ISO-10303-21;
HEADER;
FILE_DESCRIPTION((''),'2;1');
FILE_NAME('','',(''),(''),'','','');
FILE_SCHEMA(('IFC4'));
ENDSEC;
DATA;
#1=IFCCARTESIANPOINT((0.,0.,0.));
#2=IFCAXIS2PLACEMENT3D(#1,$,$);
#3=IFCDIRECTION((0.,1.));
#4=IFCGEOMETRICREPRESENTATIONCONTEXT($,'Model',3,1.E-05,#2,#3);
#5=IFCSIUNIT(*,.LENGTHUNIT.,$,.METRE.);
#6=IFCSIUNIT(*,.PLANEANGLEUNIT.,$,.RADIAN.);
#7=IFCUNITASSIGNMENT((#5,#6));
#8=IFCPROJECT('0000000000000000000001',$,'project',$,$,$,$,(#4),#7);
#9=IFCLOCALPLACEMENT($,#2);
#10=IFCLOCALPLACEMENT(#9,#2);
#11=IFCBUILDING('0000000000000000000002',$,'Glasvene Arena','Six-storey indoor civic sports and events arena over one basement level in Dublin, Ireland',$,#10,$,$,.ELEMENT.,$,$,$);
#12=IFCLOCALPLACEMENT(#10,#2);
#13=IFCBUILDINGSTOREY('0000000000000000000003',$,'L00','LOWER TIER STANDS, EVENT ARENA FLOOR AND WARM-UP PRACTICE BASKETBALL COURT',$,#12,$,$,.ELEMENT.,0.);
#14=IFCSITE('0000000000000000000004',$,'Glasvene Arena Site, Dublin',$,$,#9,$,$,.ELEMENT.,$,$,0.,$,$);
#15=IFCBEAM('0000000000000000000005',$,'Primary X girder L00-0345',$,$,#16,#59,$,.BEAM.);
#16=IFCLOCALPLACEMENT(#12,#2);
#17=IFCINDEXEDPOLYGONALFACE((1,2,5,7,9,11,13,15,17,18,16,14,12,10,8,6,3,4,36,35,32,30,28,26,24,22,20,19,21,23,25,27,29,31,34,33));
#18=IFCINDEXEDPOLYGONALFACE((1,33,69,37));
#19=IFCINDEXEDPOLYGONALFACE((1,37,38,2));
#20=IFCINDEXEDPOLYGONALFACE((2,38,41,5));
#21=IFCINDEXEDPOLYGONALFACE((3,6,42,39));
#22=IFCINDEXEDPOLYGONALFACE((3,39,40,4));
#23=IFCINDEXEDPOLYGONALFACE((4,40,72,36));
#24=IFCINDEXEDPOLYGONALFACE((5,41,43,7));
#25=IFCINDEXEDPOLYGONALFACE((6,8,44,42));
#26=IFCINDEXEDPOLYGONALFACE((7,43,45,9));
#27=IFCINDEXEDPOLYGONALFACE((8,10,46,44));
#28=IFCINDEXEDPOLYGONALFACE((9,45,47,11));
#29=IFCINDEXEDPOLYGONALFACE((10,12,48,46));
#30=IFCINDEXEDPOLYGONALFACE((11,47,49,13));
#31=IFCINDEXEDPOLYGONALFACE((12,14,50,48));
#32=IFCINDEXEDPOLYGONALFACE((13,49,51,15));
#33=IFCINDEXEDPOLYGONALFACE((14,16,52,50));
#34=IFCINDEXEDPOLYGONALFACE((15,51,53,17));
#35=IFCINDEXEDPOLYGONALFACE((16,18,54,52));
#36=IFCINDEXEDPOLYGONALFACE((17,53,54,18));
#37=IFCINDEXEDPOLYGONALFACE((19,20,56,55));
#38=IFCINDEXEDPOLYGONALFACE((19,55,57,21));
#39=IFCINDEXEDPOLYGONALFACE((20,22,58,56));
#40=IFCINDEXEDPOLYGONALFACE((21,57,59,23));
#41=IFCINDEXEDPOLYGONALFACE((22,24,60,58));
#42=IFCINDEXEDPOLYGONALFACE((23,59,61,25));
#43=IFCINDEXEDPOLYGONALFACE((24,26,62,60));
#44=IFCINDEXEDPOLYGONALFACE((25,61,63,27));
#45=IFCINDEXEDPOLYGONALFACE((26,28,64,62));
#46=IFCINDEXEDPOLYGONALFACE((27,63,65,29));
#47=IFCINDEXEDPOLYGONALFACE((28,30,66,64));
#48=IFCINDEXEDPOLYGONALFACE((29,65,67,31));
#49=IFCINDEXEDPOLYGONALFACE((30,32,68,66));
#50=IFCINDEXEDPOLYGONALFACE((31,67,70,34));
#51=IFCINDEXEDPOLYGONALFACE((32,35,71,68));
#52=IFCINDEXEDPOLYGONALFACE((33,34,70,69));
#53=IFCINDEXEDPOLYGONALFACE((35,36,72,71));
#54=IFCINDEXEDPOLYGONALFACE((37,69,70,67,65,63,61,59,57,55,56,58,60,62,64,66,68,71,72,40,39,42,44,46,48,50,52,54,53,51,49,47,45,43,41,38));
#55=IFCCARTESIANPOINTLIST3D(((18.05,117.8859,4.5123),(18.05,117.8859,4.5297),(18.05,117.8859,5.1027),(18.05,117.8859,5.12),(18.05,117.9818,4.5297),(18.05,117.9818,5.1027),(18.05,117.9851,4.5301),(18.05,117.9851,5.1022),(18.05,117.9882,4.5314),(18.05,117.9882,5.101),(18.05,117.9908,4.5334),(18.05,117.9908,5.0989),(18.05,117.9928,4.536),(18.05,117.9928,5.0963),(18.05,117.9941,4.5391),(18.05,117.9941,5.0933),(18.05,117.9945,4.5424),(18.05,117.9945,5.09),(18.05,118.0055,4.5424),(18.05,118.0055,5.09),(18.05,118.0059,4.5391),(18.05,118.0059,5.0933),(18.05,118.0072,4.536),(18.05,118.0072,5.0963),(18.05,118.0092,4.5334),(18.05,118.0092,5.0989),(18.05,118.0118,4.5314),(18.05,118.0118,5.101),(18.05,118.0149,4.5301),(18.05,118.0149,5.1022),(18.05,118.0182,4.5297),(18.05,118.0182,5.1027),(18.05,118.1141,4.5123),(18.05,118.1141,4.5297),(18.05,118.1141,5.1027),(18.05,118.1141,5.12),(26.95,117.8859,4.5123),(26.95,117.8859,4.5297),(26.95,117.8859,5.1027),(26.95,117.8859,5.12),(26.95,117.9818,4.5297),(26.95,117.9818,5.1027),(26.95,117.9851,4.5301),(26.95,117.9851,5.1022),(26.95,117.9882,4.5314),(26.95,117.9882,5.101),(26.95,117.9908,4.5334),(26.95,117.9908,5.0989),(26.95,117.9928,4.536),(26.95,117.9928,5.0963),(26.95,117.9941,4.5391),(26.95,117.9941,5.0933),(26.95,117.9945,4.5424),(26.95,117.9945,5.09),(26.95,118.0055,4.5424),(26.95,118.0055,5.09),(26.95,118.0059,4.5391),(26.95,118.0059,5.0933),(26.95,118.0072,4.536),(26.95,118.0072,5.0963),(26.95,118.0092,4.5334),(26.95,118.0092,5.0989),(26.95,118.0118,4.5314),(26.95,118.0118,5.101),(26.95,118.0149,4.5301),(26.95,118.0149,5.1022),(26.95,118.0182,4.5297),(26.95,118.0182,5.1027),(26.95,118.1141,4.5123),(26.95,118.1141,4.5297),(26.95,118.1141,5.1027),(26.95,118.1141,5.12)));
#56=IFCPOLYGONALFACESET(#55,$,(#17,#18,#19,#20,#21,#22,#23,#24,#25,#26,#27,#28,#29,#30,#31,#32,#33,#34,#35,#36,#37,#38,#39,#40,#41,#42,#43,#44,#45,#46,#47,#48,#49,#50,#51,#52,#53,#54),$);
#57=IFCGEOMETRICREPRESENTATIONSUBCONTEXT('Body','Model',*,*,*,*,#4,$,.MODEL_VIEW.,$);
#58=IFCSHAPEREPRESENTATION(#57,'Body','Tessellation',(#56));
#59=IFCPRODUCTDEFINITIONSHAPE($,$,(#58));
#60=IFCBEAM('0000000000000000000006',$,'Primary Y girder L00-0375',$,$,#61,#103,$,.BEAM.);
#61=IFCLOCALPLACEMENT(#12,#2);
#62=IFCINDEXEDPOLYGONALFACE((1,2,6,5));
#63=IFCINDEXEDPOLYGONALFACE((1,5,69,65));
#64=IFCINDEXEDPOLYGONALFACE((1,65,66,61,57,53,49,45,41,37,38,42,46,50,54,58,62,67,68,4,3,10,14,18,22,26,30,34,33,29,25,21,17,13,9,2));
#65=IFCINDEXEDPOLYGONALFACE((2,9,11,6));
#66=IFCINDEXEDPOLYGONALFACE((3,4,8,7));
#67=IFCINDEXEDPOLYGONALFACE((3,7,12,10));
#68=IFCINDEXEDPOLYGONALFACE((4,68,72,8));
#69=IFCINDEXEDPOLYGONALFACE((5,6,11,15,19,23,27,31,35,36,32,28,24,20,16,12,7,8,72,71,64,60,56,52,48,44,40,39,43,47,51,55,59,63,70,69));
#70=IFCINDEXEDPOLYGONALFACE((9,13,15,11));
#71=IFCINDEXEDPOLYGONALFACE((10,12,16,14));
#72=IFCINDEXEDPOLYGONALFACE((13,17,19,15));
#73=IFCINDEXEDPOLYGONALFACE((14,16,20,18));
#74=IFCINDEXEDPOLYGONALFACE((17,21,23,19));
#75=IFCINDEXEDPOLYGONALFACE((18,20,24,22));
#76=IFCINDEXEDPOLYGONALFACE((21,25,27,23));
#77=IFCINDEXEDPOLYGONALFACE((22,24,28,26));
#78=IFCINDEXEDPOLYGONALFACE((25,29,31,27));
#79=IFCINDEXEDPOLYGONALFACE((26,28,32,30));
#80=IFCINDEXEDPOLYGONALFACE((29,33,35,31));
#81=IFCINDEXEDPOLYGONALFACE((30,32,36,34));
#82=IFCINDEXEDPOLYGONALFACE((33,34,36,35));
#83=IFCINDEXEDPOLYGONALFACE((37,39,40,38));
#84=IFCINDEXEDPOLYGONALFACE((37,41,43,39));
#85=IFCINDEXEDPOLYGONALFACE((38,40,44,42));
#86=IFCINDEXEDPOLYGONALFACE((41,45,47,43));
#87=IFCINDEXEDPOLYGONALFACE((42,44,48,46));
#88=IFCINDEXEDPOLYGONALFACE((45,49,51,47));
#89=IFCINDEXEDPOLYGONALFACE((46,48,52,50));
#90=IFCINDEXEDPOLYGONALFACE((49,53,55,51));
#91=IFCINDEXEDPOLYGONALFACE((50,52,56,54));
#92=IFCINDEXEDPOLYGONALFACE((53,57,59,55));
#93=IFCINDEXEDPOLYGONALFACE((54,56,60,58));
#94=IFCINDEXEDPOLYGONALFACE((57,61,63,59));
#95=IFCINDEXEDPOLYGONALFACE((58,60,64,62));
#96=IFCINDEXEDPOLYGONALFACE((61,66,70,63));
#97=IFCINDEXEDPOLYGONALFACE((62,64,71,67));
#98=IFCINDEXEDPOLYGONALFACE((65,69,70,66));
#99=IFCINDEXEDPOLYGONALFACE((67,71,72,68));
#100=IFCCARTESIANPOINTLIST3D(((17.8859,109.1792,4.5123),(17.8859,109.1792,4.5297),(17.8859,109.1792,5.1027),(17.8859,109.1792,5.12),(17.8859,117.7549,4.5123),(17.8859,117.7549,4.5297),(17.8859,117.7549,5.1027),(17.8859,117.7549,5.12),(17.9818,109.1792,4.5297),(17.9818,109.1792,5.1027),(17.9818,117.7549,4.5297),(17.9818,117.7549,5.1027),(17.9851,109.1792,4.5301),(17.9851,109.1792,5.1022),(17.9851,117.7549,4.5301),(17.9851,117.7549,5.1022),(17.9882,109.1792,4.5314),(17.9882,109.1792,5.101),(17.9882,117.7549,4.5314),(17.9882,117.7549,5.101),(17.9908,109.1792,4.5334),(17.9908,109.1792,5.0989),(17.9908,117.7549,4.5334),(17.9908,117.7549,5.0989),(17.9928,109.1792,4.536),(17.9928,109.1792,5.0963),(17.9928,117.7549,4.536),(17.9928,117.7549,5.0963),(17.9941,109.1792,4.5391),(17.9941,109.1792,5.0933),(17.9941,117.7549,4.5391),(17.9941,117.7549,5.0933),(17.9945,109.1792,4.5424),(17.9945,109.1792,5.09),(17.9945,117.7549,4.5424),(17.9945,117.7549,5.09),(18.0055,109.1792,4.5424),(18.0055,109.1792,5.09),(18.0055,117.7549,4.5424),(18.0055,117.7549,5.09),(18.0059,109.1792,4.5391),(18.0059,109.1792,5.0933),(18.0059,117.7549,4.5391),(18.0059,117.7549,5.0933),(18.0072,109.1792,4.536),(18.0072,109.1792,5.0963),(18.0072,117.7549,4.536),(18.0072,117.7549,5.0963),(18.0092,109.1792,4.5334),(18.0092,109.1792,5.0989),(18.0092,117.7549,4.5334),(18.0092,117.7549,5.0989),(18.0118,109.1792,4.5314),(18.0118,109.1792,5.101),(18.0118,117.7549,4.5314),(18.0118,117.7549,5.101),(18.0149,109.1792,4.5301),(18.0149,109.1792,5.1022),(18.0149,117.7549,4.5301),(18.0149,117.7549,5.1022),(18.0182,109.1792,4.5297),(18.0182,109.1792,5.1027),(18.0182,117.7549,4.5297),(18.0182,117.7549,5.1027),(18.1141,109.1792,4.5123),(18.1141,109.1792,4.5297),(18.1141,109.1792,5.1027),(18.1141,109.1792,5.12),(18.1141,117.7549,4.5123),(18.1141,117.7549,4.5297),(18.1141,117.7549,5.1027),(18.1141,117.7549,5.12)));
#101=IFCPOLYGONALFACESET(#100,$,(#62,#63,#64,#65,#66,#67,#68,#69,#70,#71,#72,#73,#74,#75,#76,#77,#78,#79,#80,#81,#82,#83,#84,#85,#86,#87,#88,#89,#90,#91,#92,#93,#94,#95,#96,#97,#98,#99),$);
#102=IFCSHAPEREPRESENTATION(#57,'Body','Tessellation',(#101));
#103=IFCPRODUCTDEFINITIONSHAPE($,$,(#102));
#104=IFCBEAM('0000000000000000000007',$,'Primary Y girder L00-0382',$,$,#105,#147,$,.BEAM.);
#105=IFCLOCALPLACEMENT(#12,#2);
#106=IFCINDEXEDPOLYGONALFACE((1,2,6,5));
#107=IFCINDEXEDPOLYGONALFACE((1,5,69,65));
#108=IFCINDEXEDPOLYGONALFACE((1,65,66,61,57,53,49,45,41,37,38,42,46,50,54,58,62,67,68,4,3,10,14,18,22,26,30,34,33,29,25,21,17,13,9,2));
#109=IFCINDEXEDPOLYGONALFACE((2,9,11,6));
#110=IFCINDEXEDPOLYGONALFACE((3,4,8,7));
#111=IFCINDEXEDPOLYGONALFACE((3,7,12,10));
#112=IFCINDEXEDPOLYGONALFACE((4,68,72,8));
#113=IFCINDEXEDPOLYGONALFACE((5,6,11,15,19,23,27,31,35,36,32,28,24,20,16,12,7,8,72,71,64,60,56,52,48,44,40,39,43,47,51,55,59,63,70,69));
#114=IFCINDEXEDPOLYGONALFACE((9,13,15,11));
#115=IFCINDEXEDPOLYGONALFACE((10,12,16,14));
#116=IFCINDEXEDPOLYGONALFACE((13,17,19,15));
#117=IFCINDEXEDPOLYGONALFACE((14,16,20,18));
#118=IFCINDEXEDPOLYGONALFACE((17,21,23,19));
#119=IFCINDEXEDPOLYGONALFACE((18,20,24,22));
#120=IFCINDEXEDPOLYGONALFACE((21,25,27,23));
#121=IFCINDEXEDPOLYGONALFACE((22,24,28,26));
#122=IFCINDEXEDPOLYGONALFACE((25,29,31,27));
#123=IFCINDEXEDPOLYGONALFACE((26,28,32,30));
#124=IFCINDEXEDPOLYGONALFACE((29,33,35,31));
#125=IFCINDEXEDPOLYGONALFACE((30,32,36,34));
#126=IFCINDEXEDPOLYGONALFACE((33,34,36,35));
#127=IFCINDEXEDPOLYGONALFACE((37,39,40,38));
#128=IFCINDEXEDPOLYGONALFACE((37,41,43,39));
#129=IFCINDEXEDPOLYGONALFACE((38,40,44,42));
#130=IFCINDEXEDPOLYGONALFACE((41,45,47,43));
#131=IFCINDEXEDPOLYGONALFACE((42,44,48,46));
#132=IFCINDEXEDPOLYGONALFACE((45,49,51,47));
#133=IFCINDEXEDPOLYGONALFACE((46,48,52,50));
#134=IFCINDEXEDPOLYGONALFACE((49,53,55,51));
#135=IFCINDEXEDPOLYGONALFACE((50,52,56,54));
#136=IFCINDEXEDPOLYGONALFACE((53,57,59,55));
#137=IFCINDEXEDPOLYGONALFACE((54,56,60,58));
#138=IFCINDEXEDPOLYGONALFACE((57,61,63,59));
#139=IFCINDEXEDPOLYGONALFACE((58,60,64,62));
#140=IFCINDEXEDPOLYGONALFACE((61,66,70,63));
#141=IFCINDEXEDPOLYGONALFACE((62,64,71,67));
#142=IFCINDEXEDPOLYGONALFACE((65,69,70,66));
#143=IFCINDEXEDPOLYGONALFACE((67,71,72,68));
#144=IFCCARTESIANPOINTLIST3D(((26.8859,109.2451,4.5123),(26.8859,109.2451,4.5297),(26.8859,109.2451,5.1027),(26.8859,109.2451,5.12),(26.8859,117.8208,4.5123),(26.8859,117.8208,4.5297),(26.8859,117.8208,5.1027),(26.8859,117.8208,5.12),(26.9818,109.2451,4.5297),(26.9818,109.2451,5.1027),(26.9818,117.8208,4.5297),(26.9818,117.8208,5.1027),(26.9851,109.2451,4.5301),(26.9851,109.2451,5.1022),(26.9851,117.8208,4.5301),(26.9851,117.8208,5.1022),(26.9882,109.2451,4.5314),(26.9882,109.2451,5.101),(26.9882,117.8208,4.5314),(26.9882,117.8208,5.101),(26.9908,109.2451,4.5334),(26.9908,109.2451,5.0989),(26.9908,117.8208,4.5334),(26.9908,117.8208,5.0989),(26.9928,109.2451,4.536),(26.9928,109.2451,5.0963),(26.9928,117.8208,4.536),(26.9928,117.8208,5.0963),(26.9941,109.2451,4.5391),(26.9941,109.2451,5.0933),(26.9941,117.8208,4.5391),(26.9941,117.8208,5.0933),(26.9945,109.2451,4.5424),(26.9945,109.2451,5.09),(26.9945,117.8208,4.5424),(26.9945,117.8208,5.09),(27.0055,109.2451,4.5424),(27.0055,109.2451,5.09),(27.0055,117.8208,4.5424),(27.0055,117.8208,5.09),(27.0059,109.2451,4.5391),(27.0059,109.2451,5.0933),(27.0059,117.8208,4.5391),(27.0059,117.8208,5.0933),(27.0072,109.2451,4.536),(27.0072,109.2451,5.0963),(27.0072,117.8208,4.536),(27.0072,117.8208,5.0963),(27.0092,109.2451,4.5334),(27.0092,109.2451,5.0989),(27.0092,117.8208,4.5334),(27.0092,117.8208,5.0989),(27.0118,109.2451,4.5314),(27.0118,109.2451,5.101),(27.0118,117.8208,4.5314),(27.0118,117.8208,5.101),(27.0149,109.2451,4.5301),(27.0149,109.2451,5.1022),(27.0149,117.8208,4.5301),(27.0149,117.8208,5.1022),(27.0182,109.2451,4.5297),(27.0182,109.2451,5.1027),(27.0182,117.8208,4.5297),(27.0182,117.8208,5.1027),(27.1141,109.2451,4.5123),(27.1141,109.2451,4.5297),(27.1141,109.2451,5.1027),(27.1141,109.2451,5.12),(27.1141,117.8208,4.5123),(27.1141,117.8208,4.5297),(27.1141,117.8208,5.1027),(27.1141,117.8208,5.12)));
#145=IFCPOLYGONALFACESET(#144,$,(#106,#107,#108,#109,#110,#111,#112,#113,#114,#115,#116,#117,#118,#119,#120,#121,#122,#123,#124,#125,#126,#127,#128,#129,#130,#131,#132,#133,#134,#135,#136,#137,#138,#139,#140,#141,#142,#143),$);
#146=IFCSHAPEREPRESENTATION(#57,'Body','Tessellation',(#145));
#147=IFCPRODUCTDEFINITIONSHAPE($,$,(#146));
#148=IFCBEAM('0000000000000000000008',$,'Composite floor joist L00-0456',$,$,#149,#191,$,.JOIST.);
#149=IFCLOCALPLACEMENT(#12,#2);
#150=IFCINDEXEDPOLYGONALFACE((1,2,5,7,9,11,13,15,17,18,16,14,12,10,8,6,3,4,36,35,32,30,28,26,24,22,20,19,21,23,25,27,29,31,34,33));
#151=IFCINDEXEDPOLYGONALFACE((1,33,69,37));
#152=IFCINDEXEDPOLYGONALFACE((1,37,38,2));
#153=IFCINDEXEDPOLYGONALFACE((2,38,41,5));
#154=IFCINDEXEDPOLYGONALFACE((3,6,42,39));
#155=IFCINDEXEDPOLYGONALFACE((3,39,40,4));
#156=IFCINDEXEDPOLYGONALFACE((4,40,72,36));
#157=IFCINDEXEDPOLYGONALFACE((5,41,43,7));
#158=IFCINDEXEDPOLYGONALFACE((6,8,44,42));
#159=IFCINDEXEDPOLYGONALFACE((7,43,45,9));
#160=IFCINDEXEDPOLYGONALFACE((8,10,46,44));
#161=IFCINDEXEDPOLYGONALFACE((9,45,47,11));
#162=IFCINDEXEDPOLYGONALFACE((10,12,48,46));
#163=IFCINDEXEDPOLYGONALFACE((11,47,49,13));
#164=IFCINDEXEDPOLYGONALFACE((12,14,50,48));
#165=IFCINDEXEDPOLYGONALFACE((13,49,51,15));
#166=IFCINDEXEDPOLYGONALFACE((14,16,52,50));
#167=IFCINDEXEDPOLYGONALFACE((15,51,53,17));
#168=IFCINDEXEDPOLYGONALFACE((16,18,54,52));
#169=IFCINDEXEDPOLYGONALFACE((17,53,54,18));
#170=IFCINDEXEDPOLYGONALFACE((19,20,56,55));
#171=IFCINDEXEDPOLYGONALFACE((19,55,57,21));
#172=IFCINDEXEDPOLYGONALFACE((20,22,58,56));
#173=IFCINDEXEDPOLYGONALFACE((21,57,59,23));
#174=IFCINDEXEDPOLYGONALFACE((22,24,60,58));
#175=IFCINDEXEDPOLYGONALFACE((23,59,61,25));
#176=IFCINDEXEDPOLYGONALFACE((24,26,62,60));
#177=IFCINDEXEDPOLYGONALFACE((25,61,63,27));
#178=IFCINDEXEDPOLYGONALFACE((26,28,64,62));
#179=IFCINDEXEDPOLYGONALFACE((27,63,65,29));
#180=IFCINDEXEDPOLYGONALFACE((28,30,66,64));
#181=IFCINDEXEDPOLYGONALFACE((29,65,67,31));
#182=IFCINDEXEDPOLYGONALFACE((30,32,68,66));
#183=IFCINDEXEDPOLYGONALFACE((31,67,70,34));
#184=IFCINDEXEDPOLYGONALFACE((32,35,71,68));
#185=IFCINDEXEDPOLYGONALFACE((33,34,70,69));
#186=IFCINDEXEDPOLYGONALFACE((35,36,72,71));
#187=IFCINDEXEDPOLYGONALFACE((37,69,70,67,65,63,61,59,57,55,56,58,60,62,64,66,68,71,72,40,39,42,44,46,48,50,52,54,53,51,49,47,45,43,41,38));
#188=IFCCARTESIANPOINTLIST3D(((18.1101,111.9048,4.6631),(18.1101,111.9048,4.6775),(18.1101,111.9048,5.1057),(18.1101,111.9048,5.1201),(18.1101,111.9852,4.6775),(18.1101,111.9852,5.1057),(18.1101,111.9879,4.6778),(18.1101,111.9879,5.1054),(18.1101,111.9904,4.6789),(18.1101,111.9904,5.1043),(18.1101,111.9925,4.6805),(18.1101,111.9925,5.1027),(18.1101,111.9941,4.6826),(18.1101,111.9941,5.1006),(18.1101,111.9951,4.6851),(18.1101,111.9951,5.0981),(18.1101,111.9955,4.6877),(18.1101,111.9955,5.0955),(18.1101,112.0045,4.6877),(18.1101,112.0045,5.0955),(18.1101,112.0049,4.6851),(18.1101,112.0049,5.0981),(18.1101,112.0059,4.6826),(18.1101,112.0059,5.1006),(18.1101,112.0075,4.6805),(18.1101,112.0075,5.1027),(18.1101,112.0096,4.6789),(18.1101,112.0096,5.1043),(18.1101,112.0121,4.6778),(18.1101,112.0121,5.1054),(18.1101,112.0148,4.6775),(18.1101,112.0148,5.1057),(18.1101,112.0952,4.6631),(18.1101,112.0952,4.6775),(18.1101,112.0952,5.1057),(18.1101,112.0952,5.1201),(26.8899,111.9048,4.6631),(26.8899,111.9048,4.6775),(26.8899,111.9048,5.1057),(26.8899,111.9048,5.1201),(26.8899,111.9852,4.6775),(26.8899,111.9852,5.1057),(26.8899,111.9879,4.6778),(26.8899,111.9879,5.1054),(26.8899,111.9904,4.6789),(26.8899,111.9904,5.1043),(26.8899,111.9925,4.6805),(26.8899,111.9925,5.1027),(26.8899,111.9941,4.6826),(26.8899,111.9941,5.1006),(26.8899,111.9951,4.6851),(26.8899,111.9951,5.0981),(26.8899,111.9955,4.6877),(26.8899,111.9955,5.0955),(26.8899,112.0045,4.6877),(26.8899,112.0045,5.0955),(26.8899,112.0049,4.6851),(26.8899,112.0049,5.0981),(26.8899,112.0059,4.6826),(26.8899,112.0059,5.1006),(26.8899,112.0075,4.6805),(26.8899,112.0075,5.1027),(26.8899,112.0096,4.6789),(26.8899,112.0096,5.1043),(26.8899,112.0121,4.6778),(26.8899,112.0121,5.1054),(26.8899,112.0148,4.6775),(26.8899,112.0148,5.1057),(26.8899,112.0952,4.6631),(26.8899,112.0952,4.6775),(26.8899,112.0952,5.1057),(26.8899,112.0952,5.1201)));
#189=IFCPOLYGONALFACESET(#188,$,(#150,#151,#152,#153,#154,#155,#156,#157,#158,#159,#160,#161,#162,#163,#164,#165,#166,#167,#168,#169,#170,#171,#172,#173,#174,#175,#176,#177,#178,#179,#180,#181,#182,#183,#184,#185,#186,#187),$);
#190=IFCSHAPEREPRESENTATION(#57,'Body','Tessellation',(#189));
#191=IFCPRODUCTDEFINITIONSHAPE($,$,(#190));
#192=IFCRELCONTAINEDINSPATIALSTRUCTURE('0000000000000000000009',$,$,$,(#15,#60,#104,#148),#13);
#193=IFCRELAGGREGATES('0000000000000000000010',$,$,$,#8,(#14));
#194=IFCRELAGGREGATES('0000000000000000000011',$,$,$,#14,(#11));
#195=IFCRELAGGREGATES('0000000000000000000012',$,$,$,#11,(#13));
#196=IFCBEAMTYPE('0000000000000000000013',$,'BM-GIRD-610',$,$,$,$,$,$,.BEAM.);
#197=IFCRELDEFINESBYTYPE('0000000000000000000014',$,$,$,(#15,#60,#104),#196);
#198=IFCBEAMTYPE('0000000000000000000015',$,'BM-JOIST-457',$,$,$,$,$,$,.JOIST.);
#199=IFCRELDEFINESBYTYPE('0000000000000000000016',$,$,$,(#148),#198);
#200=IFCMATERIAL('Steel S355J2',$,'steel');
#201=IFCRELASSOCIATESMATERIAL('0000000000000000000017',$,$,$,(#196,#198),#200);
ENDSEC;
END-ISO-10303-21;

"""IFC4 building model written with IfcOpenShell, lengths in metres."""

from ifc_helpers import new_model, si_unit, direction, frame, origin, origin_2d, place, context, subcontext, project, spatial, i_section, extrude, material, material_profile, profile_set, type_object, element, save


model = new_model("IFC4")

# Units and contexts
model_context = context("Model", 3, precision=1e-05, world=origin(), true_north=direction((0.0, 1.0)))
body_context = subcontext(model_context, "Body", "Model", "MODEL_VIEW")
ifc_project = project(units=[si_unit("LENGTHUNIT", "METRE"), si_unit("PLANEANGLEUNIT", "RADIAN")], contexts=[model_context])

# Site, building, storey
site_placement = place(None, origin())
site = spatial("IfcSite", under=ifc_project, at=site_placement, Name="Glasvene Arena Site, Dublin", CompositionType="ELEMENT", RefElevation=0.0)
building_placement = place(site_placement, origin())
building = spatial("IfcBuilding", under=site, at=building_placement, Name="Glasvene Arena", Description="Six-storey indoor civic sports and events arena over one basement level in Dublin, Ireland", CompositionType="ELEMENT")
storey_placement = place(building_placement, origin())
storey = spatial("IfcBuildingStorey", under=building, at=storey_placement, Name="L00", Description="LOWER TIER STANDS, EVENT ARENA FLOOR AND WARM-UP PRACTICE BASKETBALL COURT", CompositionType="ELEMENT", Elevation=0.0)

# Shared definitions
ifc_material_1 = material(Name="Steel S355J2", Category="steel")

# Beams
ifc_material_profile_1 = material_profile(ifc_material_1, i_section(OverallWidth=0.2283, OverallDepth=0.6077, WebThickness=0.011, FlangeThickness=0.0173, FilletRadius=0.0127, at=origin_2d()), Name="UKB 610x229x113")
ifc_profile_set_1 = profile_set([ifc_material_profile_1], Name="Steel S355J2")
beam_type_1 = type_object("IfcBeamType", Name="BM-GIRD-610", PredefinedType="BEAM", material=ifc_profile_set_1)
for number, where, z_axis, x_axis, name in (
    (1, (18.05, 118.0, 4.8162), (1.0, 0.0, 0.0), (0.0, 1.0, 0.0), "Primary X girder L00-0345"),
):
    element("IfcBeam", number, at=place(storey_placement, frame(where, z_axis=z_axis, x_axis=x_axis)), inside=storey, type_object=beam_type_1, Name=name, PredefinedType="BEAM", context=body_context, shape_type="SweptSolid", body=[
        extrude(i_section(OverallWidth=0.2283, OverallDepth=0.6077, WebThickness=0.011, FlangeThickness=0.0173, FilletRadius=0.0127, at=origin_2d()), origin(), (0.0, 0.0, 1.0), 8.8999),
    ])
for number, where, z_axis, x_axis, name in (
    (2, (18.0, 109.1792, 4.8162), (0.0, 1.0, 0.0), (-1.0, 0.0, 0.0), "Primary Y girder L00-0375"),
    (3, (27.0, 109.2451, 4.8162), (0.0, 1.0, 0.0), (-1.0, 0.0, 0.0), "Primary Y girder L00-0382"),
):
    element("IfcBeam", number, at=place(storey_placement, frame(where, z_axis=z_axis, x_axis=x_axis)), inside=storey, type_object=beam_type_1, Name=name, PredefinedType="BEAM", context=body_context, shape_type="SweptSolid", body=[
        extrude(i_section(OverallWidth=0.2283, OverallDepth=0.6077, WebThickness=0.011, FlangeThickness=0.0173, FilletRadius=0.0127, at=origin_2d()), origin(), (0.0, 0.0, 1.0), 8.5757),
    ])
ifc_material_profile_2 = material_profile(ifc_material_1, i_section(OverallWidth=0.1904, OverallDepth=0.457, WebThickness=0.009, FlangeThickness=0.0144, FilletRadius=0.0103, at=origin_2d()), Name="UKB 457x191x74")
ifc_profile_set_2 = profile_set([ifc_material_profile_2], Name="Steel S355J2")
beam_type_2 = type_object("IfcBeamType", Name="BM-JOIST-457", PredefinedType="JOIST", material=ifc_profile_set_2)
for number, where, z_axis, x_axis, name in (
    (4, (18.1101, 112.0, 4.8916), (1.0, 0.0, 0.0), (0.0, 1.0, 0.0), "Composite floor joist L00-0456"),
):
    element("IfcBeam", number, at=place(storey_placement, frame(where, z_axis=z_axis, x_axis=x_axis)), inside=storey, type_object=beam_type_2, Name=name, PredefinedType="JOIST", context=body_context, shape_type="SweptSolid", body=[
        extrude(i_section(OverallWidth=0.1904, OverallDepth=0.457, WebThickness=0.009, FlangeThickness=0.0144, FilletRadius=0.0103, at=origin_2d()), origin(), (0.0, 0.0, 1.0), 8.7798),
    ])

save(model, "model.ifc")
